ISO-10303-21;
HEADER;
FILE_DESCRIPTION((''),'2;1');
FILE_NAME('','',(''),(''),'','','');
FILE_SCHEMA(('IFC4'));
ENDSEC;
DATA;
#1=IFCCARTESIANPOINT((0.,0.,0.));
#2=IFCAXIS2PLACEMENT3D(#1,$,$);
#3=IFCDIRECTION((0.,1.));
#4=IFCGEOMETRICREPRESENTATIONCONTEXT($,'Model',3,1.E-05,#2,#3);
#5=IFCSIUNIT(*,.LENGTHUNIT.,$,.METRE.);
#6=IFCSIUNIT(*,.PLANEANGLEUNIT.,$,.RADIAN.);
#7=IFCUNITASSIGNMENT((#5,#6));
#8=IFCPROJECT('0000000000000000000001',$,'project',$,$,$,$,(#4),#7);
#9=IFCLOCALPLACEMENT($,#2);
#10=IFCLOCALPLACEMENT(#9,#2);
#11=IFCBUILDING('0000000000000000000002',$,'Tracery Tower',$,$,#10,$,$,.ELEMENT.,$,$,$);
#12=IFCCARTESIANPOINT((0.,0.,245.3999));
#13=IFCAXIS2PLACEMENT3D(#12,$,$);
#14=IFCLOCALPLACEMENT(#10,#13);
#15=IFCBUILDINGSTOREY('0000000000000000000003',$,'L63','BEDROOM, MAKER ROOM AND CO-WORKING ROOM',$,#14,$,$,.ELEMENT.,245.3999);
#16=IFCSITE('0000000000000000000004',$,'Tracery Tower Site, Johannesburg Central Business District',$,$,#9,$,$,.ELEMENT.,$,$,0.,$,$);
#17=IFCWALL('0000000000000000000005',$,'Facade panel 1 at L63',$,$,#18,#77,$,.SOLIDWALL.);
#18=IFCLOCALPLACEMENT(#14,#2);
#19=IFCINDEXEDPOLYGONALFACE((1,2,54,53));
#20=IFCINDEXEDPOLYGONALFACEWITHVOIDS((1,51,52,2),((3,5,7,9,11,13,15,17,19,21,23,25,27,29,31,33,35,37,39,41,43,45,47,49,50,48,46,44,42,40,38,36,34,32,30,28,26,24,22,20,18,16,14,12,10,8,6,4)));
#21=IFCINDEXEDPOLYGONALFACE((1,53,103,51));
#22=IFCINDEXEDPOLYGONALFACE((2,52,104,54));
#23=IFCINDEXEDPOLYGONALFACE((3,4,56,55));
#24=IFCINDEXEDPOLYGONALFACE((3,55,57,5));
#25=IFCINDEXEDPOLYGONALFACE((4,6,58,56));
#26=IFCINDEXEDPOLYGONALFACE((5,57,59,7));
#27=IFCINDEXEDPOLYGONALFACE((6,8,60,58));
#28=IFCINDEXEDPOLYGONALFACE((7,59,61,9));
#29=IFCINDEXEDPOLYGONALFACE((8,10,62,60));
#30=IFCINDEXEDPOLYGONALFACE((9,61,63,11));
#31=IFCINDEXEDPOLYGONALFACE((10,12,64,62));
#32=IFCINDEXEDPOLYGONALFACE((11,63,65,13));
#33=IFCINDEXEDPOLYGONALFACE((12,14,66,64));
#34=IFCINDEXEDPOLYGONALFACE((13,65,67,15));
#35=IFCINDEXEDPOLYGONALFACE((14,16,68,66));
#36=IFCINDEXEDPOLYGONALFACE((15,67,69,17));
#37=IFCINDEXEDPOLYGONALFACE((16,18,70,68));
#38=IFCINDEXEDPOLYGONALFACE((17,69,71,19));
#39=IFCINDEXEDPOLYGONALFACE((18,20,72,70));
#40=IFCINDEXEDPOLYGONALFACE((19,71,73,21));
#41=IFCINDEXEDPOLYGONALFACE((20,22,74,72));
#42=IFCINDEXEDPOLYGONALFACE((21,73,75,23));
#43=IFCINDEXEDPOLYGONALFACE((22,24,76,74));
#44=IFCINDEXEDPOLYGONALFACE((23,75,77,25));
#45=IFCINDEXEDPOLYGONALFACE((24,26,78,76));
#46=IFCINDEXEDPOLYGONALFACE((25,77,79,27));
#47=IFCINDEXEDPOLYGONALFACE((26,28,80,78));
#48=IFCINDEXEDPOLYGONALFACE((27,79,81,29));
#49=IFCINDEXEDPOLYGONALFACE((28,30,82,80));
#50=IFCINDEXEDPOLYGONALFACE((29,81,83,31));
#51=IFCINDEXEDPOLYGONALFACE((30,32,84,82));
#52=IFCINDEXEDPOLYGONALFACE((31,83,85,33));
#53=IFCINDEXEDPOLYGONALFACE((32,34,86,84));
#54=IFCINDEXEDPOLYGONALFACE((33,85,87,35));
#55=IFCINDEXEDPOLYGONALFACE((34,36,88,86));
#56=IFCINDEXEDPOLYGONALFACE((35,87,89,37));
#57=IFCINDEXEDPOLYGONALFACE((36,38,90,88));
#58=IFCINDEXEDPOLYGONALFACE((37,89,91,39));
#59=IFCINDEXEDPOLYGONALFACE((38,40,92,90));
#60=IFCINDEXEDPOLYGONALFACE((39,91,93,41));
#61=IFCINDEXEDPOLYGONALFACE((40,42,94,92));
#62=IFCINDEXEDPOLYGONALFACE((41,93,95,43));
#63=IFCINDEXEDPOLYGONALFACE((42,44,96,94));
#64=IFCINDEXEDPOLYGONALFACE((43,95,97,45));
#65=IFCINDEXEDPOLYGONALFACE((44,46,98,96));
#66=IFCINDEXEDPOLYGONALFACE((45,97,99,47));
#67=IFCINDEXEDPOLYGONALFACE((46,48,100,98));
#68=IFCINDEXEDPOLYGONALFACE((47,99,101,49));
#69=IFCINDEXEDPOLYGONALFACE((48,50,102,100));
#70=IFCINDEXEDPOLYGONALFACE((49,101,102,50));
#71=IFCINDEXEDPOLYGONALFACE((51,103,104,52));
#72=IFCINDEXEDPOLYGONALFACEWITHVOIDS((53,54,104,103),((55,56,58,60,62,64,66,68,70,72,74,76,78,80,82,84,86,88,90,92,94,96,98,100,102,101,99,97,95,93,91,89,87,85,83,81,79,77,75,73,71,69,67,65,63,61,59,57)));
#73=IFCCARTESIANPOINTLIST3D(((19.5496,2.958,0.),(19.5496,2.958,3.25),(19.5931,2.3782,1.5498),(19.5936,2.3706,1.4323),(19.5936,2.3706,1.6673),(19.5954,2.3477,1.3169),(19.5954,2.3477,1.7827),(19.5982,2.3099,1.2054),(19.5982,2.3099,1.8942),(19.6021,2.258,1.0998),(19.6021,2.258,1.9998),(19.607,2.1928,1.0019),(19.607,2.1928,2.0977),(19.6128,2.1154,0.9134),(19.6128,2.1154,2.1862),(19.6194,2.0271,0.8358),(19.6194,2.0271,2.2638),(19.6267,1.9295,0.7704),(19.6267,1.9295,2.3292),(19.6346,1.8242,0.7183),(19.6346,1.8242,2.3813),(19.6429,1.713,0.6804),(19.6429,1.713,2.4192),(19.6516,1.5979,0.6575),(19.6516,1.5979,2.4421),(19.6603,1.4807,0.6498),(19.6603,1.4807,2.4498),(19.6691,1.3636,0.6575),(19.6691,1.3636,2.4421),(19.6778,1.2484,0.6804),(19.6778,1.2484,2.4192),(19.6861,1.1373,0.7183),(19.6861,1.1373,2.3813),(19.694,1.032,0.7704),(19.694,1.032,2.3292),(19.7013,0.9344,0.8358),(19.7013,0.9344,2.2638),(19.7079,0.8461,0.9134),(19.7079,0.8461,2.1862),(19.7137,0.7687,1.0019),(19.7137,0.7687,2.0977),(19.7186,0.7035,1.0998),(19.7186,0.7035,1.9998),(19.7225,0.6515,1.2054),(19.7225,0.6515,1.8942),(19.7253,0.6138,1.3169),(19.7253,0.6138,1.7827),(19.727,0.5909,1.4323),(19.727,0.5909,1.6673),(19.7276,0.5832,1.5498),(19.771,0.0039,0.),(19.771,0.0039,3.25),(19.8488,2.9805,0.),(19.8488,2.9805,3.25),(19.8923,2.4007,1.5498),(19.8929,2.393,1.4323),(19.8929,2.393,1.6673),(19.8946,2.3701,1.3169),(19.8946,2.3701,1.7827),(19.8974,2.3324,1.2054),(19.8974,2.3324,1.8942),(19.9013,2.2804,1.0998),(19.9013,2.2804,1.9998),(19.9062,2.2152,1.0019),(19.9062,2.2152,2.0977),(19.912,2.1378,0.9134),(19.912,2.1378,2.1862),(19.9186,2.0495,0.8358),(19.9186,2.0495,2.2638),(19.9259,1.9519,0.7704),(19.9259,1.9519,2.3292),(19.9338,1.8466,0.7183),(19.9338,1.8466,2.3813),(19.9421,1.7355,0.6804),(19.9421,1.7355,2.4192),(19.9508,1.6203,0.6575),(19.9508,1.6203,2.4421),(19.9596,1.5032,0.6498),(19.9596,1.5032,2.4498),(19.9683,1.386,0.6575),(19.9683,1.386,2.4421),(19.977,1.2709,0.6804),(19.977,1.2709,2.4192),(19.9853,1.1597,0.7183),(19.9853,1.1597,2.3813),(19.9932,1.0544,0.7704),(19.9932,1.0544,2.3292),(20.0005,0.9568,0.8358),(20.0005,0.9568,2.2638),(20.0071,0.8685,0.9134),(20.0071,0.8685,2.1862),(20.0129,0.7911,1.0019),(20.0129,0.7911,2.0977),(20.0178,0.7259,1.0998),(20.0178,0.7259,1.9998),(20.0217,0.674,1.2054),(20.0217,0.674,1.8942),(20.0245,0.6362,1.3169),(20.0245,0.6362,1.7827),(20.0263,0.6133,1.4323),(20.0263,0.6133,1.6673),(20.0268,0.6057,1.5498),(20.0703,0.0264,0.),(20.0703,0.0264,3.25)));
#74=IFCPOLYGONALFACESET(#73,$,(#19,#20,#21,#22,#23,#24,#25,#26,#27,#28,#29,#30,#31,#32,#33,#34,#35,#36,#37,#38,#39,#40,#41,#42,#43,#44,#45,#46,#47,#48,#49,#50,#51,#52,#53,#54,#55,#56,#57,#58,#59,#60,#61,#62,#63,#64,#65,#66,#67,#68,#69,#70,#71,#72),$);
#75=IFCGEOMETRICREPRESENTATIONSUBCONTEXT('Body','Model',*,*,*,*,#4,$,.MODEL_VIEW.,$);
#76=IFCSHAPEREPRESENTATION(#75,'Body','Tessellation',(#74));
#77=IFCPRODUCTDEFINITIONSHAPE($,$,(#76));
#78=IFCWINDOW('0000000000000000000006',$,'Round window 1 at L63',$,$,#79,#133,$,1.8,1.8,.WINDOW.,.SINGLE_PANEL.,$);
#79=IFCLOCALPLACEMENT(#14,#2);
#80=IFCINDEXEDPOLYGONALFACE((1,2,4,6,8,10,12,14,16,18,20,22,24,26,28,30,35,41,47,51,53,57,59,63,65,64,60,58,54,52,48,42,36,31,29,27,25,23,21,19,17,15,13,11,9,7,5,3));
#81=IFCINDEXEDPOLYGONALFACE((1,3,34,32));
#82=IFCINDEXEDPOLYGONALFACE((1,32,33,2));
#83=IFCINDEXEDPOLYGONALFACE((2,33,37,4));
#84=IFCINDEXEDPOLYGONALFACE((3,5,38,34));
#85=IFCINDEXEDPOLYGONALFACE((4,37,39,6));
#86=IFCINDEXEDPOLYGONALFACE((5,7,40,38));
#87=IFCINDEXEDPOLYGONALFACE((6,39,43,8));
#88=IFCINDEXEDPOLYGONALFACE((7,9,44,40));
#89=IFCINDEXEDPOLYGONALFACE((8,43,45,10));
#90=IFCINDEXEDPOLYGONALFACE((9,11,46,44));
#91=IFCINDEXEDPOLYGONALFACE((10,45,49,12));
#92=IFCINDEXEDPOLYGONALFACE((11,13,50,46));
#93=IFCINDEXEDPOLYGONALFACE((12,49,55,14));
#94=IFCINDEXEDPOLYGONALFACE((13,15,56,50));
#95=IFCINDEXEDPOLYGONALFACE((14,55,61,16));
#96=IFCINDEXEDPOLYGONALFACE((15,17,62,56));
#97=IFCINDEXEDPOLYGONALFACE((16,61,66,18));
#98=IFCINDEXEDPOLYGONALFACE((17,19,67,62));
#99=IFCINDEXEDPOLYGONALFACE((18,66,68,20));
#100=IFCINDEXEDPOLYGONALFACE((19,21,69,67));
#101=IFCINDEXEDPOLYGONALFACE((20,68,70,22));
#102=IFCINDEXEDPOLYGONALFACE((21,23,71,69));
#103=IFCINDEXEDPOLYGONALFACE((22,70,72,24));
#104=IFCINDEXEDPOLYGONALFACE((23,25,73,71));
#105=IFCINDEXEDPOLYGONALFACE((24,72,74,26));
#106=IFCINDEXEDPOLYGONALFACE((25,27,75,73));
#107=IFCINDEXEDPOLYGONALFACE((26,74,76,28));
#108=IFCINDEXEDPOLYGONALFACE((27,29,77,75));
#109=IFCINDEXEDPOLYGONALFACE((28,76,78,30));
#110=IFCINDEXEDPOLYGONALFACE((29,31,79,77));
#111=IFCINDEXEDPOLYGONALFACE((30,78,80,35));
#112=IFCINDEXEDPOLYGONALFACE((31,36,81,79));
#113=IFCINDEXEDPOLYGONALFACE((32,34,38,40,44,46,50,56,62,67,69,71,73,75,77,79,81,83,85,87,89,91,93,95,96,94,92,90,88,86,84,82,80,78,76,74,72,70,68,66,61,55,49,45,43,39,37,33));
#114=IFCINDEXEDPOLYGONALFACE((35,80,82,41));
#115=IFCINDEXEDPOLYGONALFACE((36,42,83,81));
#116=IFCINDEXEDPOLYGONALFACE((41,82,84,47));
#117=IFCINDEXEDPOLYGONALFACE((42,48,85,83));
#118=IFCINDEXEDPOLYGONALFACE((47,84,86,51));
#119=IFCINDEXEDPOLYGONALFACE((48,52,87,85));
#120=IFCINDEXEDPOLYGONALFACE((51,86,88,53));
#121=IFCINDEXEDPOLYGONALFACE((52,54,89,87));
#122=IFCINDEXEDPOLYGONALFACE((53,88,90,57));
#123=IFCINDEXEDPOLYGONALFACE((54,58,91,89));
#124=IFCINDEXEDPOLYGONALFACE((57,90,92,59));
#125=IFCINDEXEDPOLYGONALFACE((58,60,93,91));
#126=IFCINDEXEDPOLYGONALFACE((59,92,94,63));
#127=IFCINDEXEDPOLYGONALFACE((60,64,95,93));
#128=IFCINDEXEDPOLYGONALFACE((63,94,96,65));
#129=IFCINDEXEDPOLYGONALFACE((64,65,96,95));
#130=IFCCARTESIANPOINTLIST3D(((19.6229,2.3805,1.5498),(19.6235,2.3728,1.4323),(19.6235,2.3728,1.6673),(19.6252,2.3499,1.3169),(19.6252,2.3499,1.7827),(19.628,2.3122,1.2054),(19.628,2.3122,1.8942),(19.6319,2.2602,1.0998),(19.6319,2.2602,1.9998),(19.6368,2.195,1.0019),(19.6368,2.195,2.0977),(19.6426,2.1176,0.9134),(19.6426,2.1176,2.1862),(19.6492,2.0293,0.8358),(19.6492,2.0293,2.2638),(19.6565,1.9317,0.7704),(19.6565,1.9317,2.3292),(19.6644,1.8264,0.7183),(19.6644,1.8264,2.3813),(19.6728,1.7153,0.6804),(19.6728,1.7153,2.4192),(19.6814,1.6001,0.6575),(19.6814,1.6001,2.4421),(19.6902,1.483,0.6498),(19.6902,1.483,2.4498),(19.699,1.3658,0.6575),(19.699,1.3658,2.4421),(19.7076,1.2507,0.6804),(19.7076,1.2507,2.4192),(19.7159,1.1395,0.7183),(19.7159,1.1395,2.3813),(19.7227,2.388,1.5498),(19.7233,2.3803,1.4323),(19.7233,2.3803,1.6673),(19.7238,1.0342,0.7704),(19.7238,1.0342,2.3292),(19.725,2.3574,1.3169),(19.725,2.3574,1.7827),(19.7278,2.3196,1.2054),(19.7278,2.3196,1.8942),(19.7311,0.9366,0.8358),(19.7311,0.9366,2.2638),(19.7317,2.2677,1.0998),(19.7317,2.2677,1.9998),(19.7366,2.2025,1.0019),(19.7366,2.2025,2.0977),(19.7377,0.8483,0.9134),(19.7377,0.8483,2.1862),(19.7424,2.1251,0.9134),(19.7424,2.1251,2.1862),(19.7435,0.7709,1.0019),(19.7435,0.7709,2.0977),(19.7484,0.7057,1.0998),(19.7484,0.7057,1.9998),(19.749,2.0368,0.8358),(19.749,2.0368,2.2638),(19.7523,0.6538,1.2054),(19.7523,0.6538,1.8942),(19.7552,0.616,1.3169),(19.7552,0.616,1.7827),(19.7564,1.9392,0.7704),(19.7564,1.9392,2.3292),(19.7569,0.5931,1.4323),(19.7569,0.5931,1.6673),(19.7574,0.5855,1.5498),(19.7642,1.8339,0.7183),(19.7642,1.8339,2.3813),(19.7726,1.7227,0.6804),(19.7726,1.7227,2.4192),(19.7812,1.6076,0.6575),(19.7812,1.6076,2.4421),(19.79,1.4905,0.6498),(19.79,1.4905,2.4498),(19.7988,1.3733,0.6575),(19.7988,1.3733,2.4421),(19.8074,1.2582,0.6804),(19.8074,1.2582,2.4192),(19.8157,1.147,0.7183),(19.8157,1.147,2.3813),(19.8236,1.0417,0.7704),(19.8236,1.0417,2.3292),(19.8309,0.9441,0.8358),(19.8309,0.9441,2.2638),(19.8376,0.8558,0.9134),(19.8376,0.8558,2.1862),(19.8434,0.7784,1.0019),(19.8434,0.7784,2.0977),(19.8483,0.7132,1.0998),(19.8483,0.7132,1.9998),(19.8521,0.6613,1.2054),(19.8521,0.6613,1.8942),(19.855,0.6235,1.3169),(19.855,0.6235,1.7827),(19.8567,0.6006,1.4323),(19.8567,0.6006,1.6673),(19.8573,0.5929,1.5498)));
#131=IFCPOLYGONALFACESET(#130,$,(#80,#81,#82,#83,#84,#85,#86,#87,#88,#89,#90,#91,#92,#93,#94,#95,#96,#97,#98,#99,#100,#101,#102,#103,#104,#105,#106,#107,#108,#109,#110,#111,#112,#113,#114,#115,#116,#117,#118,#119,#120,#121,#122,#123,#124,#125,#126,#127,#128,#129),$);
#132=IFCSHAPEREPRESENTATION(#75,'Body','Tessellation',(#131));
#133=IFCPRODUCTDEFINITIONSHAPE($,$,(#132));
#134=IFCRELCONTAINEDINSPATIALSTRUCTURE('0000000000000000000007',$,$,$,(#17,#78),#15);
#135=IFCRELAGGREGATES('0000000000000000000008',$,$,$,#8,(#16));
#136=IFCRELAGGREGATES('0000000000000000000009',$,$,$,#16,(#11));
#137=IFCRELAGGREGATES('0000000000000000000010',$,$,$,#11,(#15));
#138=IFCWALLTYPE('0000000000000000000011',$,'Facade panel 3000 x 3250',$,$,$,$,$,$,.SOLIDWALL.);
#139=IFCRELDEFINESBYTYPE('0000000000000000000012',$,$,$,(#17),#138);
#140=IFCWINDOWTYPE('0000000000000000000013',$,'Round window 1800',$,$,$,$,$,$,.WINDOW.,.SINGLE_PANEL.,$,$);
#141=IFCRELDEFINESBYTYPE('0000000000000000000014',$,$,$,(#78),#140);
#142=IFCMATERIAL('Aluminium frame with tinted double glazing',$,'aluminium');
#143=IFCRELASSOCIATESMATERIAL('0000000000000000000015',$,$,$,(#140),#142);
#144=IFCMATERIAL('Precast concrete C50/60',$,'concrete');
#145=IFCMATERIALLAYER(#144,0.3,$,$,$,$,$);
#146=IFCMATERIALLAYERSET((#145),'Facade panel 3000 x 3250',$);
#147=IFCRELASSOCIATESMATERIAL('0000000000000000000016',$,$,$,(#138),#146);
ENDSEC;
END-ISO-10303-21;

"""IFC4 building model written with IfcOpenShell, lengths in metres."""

from ifc_helpers import new_model, si_unit, direction, frame, frame_2d, origin, origin_2d, place, context, subcontext, project, spatial, rectangle, circle, extrude, material, layer, layer_set, type_object, element, fill, save


model = new_model("IFC4")

# Units and contexts
model_context = context("Model", 3, precision=1e-05, world=origin(), true_north=direction((0.0, 1.0)))
body_context = subcontext(model_context, "Body", "Model", "MODEL_VIEW")
ifc_project = project(units=[si_unit("LENGTHUNIT", "METRE"), si_unit("PLANEANGLEUNIT", "RADIAN")], contexts=[model_context])

# Site, building, storey
site_placement = place(None, origin())
site = spatial("IfcSite", under=ifc_project, at=site_placement, Name="Tracery Tower Site, Johannesburg Central Business District", CompositionType="ELEMENT", RefElevation=0.0)
building_placement = place(site_placement, origin())
building = spatial("IfcBuilding", under=site, at=building_placement, Name="Tracery Tower", CompositionType="ELEMENT")
storey_placement = place(building_placement, frame((0.0, 0.0, 245.3999)))
storey = spatial("IfcBuildingStorey", under=building, at=storey_placement, Name="L63", Description="BEDROOM, MAKER ROOM AND CO-WORKING ROOM", CompositionType="ELEMENT", Elevation=245.3999)

# Wall, opening, window
ifc_material_1 = material(Name="Aluminium frame with tinted double glazing", Category="aluminium")
window_type = type_object("IfcWindowType", Name="Round window 1800", PartitioningType="SINGLE_PANEL", PredefinedType="WINDOW", material=ifc_material_1)
ifc_material_2 = material(Name="Precast concrete C50/60", Category="concrete")
ifc_layer_1 = layer(ifc_material_2, 0.3)
ifc_layer_set_1 = layer_set([ifc_layer_1], Name="Facade panel 3000 x 3250")
wall_type_1 = type_object("IfcWallType", Name="Facade panel 3000 x 3250", PredefinedType="SOLIDWALL", material=ifc_layer_set_1)
wall_1_placement = place(storey_placement, frame((19.9207, 0.0151, 0.0), z_axis=(0.0, 0.0, 1.0), x_axis=(-0.074749, 0.997202, 0.0)))
wall_1 = element("IfcWall", 1, at=wall_1_placement, inside=storey, type_object=wall_type_1, Name="Facade panel 1 at L63", PredefinedType="SOLIDWALL", context=body_context, shape_type="SweptSolid", body=[
    extrude(rectangle(XDim=2.9624, YDim=0.3, at=frame_2d((1.4812, 0.0))), origin(), (0.0, 0.0, 1.0), 3.25),
])
opening_1_placement = place(wall_1_placement, frame((1.481, 0.0, 1.5498)))
opening_1 = element("IfcOpeningElement", 2, at=opening_1_placement, cuts=wall_1, PredefinedType="OPENING", context=body_context, shape_type="SweptSolid", body=[
    extrude(circle(Radius=0.9, at=origin_2d()), frame((0.0, 0.1599, 0.0), z_axis=(0.0, -1.0, 0.0), x_axis=(1.0, 0.0, 0.0)), (0.0, 0.0, 1.0), 0.3201),
])
window_1_placement = place(opening_1_placement, origin())
window_1 = element("IfcWindow", 3, at=window_1_placement, inside=storey, type_object=window_type, Name="Round window 1 at L63", OverallHeight=1.8, OverallWidth=1.8, PartitioningType="SINGLE_PANEL", PredefinedType="WINDOW", context=body_context, shape_type="SweptSolid", body=[
    extrude(circle(Radius=0.9, at=origin_2d()), frame((0.0, 0.1201, 0.0), z_axis=(0.0, -1.0, 0.0), x_axis=(1.0, 0.0, 0.0)), (0.0, 0.0, 1.0), 0.1001),
])
fill(opening_1, window_1)

save(model, "model.ifc")
